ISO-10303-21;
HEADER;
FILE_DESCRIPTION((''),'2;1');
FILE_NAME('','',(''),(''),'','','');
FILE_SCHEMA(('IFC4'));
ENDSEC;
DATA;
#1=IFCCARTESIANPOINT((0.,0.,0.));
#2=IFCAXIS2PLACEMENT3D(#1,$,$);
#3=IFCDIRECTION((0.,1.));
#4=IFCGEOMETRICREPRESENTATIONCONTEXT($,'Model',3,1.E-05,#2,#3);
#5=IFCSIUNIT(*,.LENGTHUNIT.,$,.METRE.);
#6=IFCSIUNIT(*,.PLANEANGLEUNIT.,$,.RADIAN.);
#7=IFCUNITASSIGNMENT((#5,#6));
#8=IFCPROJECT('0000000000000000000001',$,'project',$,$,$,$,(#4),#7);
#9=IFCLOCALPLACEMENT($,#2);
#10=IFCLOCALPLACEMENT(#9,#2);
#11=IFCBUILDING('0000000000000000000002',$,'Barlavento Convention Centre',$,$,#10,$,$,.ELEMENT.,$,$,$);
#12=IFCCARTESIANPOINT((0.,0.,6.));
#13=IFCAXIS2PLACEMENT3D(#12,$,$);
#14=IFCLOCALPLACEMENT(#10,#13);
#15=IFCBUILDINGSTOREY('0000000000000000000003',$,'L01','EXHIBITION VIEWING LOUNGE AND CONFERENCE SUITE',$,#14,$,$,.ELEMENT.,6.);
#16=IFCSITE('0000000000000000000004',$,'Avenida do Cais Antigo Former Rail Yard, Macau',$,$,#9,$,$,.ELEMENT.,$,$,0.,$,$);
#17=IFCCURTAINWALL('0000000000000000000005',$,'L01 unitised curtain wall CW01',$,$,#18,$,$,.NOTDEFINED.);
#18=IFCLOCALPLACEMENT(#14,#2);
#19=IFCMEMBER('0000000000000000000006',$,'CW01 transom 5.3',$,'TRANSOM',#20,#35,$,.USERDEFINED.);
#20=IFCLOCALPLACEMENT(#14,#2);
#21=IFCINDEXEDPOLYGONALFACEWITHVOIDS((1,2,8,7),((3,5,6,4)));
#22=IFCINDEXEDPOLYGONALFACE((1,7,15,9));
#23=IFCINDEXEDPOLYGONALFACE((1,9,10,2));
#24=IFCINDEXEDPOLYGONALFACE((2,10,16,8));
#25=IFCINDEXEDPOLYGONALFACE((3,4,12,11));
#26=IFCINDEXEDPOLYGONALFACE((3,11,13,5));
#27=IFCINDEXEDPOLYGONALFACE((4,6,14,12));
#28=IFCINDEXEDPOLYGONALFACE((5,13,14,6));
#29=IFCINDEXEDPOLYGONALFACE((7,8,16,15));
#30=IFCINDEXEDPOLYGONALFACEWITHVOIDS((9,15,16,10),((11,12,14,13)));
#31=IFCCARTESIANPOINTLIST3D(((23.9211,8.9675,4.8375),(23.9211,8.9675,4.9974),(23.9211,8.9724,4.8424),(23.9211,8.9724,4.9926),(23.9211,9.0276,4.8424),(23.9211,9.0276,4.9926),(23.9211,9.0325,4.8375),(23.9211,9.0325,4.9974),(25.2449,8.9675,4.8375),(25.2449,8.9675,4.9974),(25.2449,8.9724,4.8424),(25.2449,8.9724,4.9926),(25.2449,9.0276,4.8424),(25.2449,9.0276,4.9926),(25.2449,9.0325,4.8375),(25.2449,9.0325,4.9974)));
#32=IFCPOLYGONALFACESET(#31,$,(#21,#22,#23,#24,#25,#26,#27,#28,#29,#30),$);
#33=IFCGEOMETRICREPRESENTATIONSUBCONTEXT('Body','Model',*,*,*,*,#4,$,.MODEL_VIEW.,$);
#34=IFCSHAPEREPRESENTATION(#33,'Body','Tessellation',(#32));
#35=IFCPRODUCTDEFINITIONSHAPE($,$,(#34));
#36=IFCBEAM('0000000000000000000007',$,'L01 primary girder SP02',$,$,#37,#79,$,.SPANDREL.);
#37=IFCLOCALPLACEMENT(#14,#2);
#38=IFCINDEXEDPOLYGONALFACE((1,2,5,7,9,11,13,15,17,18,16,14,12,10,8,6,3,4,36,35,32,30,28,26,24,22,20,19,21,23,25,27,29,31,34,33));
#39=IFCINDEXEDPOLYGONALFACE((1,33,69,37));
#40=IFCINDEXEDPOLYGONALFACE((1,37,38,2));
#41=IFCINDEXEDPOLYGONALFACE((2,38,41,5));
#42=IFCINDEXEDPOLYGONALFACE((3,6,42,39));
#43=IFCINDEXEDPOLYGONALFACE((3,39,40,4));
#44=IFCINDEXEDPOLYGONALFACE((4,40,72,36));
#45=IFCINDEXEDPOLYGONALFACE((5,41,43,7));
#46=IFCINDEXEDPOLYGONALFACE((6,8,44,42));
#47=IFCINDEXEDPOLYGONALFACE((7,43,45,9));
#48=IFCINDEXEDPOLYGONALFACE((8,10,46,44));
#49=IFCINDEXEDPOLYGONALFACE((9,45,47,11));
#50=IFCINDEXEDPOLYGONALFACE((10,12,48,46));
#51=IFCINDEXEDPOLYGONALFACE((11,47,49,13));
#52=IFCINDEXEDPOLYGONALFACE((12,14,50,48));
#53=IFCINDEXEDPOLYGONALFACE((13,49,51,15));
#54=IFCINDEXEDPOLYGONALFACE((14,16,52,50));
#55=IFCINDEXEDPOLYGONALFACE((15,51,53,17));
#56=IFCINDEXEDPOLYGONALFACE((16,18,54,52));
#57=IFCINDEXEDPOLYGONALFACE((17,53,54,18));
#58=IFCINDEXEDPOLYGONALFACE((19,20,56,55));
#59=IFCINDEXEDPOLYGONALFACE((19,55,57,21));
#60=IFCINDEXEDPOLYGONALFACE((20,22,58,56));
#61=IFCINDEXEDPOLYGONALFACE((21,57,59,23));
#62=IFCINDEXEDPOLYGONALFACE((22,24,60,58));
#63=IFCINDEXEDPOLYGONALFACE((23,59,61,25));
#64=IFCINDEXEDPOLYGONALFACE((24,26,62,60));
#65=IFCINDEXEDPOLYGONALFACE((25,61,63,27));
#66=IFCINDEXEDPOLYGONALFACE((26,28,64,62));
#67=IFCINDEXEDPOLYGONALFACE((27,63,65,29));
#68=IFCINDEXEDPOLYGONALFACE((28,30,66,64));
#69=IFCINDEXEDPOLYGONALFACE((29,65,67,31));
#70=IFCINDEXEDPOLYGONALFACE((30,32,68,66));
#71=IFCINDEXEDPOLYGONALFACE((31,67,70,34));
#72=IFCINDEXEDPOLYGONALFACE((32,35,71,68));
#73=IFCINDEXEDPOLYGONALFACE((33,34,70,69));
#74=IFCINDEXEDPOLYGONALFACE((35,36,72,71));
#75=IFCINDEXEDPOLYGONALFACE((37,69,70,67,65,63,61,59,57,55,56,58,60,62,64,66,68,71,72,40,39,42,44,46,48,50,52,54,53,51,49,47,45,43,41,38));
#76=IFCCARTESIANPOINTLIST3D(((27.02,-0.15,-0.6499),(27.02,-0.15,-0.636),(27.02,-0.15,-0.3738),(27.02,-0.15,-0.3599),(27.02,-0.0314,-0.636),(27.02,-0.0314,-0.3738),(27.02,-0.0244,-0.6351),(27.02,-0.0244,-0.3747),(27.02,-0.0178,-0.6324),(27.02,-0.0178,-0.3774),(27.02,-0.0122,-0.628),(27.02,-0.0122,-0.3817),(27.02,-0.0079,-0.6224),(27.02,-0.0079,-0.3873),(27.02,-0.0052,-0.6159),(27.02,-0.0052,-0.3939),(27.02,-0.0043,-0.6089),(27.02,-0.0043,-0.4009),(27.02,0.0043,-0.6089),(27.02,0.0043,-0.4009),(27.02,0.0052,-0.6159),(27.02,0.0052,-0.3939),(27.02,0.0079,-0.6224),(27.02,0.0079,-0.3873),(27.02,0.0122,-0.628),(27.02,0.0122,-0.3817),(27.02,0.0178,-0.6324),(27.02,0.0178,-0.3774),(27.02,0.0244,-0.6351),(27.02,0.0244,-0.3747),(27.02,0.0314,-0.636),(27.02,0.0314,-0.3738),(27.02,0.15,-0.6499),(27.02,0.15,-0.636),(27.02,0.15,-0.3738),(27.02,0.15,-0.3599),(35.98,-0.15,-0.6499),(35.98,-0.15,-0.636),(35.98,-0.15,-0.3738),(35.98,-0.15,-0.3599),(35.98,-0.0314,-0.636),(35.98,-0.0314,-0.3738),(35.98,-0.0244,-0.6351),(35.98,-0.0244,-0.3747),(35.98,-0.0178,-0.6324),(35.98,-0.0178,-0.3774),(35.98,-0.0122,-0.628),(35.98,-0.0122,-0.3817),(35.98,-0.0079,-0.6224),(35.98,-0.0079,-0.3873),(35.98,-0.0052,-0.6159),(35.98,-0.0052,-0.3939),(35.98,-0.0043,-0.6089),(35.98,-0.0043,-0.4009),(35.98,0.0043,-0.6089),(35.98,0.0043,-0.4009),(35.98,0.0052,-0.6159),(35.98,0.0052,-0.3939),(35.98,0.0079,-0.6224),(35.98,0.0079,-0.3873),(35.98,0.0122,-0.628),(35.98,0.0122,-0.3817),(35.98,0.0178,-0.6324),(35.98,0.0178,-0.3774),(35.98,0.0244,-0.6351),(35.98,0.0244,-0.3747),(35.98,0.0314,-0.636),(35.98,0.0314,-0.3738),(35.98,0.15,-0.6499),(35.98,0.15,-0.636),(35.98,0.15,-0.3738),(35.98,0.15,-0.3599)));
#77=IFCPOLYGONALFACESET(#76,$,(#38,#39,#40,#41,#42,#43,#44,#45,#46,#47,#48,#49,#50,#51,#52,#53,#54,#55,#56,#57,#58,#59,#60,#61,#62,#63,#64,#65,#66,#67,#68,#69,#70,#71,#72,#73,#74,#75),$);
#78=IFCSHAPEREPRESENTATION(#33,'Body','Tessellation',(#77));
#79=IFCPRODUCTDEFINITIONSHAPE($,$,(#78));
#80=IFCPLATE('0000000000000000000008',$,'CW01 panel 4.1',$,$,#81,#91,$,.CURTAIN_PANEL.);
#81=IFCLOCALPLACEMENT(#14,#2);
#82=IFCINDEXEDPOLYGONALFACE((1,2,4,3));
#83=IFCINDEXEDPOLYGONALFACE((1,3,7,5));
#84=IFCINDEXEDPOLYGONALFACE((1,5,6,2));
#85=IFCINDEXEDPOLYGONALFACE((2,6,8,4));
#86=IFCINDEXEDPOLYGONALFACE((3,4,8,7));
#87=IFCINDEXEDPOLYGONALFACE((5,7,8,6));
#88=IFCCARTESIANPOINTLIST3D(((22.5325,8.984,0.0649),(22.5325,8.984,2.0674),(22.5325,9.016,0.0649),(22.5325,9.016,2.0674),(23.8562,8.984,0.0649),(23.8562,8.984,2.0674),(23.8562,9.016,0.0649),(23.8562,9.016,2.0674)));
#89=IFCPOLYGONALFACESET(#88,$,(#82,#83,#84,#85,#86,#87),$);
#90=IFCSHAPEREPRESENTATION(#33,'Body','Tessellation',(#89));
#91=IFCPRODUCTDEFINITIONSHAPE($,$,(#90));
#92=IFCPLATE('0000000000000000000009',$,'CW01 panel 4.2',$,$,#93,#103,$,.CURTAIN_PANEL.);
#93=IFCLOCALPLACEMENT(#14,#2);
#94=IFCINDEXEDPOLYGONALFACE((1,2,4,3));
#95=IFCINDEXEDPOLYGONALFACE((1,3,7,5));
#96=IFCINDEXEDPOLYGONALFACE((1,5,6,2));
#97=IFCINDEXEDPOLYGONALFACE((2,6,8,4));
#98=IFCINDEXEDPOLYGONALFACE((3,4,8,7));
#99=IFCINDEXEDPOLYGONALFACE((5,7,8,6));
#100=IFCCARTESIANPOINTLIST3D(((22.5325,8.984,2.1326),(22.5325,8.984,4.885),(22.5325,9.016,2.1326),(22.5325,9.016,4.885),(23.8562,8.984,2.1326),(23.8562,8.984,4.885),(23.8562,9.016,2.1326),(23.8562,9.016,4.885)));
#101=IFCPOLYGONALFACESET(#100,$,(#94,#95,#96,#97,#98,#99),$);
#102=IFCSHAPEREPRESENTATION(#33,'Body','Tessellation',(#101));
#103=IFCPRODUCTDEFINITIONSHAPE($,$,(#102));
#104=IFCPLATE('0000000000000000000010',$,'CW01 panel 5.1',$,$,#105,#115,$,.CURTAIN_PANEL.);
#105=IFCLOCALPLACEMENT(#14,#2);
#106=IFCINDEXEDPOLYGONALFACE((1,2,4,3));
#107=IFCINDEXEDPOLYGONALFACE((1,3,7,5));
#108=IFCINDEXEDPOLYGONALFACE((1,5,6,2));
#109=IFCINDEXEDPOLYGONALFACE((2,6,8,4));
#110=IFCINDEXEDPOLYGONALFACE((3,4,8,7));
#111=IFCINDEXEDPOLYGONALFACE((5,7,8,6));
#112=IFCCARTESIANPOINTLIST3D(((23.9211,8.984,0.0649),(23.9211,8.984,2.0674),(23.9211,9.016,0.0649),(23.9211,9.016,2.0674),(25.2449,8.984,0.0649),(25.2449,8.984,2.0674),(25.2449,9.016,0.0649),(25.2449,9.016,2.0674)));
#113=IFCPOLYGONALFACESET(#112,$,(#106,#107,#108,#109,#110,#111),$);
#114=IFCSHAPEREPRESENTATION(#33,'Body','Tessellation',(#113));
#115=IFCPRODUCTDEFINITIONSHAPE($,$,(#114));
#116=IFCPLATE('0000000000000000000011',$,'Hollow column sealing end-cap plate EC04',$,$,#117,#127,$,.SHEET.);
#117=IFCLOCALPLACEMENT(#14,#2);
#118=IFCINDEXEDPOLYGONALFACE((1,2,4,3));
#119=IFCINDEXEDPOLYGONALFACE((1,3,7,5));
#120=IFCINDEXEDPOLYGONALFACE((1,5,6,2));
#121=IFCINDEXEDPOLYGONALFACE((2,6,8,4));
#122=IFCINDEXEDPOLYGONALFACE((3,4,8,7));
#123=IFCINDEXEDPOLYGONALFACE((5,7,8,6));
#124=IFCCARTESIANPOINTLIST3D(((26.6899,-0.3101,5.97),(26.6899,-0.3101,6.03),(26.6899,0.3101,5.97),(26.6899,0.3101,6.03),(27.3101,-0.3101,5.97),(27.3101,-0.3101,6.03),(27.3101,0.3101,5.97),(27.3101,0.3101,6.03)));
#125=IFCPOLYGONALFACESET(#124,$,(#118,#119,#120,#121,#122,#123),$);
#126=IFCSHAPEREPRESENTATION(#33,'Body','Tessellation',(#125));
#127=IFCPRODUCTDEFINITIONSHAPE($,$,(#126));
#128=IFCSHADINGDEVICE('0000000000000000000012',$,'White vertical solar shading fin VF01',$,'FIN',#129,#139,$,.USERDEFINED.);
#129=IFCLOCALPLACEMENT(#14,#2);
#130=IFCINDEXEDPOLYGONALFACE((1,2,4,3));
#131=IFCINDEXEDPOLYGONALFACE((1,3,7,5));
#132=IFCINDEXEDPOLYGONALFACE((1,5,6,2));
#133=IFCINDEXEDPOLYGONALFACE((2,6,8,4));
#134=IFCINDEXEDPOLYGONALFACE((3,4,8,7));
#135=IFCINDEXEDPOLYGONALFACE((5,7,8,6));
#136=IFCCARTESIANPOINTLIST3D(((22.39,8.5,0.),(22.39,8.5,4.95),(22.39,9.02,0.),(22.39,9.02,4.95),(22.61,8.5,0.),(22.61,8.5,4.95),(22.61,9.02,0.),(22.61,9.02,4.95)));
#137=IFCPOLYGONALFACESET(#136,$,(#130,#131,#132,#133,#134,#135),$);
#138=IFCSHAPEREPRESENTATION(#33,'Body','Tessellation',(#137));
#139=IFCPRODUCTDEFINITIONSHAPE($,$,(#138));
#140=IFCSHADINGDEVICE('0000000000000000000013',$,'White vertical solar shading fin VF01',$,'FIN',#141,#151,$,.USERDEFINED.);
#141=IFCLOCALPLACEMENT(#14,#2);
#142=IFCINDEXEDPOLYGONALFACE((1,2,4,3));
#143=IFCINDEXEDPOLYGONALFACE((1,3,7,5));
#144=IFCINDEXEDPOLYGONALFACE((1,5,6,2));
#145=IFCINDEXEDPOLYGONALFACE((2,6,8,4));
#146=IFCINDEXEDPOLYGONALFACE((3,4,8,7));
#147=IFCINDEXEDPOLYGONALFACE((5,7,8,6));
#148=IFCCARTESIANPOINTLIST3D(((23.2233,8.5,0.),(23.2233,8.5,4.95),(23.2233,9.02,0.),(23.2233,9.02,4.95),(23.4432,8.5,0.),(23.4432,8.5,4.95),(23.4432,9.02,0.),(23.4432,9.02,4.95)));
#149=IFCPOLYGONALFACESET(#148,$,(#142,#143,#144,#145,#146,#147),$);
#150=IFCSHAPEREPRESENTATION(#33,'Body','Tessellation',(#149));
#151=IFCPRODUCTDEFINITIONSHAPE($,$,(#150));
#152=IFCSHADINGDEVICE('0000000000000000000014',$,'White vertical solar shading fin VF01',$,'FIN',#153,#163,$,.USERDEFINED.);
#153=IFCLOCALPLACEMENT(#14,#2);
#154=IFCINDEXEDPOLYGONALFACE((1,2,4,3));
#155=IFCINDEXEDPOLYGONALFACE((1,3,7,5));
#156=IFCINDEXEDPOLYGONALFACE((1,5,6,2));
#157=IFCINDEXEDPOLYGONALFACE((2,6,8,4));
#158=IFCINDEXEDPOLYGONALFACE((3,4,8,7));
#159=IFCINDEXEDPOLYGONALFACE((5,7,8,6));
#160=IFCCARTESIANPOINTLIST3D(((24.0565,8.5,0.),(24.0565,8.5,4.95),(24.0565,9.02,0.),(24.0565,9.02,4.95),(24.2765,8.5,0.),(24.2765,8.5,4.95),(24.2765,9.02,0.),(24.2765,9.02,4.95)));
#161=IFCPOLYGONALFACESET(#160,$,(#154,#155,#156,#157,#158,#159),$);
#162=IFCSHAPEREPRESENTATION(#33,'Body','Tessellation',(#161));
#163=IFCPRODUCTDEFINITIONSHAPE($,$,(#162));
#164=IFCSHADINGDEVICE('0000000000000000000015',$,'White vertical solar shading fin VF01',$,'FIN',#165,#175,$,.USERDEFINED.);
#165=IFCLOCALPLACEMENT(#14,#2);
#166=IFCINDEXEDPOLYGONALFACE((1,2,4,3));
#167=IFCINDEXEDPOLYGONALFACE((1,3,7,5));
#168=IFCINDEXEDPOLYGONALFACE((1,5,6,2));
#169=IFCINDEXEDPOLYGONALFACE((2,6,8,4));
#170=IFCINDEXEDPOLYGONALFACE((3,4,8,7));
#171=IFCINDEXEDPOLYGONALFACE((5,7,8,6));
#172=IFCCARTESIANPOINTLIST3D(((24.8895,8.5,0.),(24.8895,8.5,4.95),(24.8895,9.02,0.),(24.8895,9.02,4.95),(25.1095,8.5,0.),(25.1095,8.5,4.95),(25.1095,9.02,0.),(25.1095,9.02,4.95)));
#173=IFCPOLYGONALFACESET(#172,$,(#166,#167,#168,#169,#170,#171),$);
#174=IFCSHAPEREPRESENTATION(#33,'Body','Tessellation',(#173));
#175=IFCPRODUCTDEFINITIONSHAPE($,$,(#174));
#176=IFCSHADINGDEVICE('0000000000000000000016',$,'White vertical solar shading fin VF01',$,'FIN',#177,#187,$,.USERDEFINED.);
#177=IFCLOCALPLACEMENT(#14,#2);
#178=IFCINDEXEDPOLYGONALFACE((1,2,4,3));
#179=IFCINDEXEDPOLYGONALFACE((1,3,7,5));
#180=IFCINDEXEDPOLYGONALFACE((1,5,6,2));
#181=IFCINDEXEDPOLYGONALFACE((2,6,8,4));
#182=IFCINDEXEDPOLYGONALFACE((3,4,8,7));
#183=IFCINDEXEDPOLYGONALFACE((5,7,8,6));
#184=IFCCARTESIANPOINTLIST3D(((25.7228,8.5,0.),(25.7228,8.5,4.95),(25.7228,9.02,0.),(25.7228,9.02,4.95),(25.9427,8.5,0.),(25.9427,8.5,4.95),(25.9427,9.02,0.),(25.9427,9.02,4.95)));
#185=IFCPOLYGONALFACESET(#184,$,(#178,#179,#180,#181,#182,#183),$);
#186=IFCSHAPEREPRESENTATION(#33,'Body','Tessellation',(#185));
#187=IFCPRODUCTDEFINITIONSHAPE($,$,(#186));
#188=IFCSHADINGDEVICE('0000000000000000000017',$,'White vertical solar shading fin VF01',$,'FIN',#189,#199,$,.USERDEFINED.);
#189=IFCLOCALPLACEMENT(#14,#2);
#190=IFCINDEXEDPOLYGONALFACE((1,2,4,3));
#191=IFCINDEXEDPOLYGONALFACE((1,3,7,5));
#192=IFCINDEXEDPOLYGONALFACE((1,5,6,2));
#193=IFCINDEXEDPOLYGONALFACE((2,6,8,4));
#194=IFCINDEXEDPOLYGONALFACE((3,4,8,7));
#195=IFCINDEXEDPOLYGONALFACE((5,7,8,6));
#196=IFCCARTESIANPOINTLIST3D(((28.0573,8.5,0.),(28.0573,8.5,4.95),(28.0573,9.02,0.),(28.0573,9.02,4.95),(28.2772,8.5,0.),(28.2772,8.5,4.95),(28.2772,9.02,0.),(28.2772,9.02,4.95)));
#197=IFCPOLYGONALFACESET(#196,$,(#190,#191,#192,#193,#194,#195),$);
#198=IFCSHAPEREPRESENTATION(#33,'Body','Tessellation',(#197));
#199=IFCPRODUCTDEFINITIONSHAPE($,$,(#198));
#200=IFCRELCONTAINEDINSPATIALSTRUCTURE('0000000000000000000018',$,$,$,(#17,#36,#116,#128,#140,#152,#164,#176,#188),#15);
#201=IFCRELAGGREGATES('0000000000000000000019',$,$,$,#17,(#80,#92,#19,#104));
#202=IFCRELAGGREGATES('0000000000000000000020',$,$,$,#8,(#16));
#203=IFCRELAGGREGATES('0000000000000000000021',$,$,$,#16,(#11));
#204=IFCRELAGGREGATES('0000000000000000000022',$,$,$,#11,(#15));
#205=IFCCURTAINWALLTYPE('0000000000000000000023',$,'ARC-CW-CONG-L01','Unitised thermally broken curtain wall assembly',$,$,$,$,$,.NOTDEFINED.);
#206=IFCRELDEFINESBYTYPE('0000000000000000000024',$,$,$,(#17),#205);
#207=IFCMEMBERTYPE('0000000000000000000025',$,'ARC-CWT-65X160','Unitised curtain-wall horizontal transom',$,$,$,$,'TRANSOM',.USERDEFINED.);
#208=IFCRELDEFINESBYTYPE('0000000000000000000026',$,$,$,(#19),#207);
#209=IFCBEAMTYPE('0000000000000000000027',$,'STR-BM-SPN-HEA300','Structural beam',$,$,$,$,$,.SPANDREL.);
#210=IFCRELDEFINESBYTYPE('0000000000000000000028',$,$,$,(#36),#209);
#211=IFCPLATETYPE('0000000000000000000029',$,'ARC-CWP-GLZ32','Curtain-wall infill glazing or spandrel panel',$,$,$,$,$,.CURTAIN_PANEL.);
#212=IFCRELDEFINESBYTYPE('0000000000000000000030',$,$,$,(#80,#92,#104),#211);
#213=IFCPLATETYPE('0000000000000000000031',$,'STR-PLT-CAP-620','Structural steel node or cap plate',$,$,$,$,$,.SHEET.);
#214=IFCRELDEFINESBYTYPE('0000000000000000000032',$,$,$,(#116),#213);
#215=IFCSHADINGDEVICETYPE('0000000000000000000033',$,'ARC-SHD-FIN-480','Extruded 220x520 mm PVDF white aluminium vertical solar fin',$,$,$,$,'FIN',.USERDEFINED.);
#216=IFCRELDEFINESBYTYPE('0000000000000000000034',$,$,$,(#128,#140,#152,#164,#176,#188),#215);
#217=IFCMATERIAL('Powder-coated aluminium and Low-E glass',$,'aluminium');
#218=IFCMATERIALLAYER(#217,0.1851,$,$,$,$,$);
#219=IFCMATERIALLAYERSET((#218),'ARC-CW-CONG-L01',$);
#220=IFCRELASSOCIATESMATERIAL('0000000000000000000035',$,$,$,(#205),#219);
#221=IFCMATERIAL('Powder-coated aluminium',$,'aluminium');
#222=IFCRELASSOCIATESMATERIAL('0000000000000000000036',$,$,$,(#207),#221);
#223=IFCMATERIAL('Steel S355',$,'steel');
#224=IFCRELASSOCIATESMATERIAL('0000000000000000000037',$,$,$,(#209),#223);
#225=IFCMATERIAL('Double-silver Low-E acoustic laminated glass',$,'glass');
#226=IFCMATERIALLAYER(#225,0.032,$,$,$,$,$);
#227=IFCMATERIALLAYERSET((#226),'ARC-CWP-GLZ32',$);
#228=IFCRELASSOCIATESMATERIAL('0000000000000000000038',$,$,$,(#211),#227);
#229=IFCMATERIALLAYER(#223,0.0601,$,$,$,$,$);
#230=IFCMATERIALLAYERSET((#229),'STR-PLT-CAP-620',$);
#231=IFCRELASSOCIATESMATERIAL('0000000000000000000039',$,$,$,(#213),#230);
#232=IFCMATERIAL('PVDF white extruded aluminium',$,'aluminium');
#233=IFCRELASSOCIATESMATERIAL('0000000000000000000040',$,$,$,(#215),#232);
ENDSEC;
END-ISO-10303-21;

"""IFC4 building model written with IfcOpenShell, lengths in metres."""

from ifc_helpers import new_model, si_unit, direction, frame, origin, origin_2d, place, context, subcontext, project, spatial, rectangle, hollow_rectangle, i_section, extrude, material, layer, layer_set, material_profile, profile_set, type_object, element, aggregate, save


model = new_model("IFC4")

# Units and contexts
model_context = context("Model", 3, precision=1e-05, world=origin(), true_north=direction((0.0, 1.0)))
body_context = subcontext(model_context, "Body", "Model", "MODEL_VIEW")
ifc_project = project(units=[si_unit("LENGTHUNIT", "METRE"), si_unit("PLANEANGLEUNIT", "RADIAN")], contexts=[model_context])

# Site, building, storey
site_placement = place(None, origin())
site = spatial("IfcSite", under=ifc_project, at=site_placement, Name="Avenida do Cais Antigo Former Rail Yard, Macau", CompositionType="ELEMENT", RefElevation=0.0)
building_placement = place(site_placement, origin())
building = spatial("IfcBuilding", under=site, at=building_placement, Name="Barlavento Convention Centre", CompositionType="ELEMENT")
storey_placement = place(building_placement, frame((0.0, 0.0, 6.0)))
storey = spatial("IfcBuildingStorey", under=building, at=storey_placement, Name="L01", Description="EXHIBITION VIEWING LOUNGE AND CONFERENCE SUITE", CompositionType="ELEMENT", Elevation=6.0)

# Curtain wall, member
ifc_material_1 = material(Name="Powder-coated aluminium and Low-E glass", Category="aluminium")
ifc_layer_1 = layer(ifc_material_1, 0.1851)
ifc_layer_set_1 = layer_set([ifc_layer_1], Name="ARC-CW-CONG-L01")
curtain_wall_type = type_object("IfcCurtainWallType", Name="ARC-CW-CONG-L01", Description="Unitised thermally broken curtain wall assembly", PredefinedType="NOTDEFINED", material=ifc_layer_set_1)
curtain_wall_placement = place(storey_placement, origin())
curtain_wall = element("IfcCurtainWall", 1, at=curtain_wall_placement, inside=storey, type_object=curtain_wall_type, Name="L01 unitised curtain wall CW01", PredefinedType="NOTDEFINED")
ifc_material_2 = material(Name="Powder-coated aluminium", Category="aluminium")
ifc_material_profile_1 = material_profile(ifc_material_2, hollow_rectangle(XDim=0.0649, YDim=0.1599, WallThickness=0.0049, at=origin_2d()), Name="AL-TRAN 65x160x5")
ifc_profile_set_1 = profile_set([ifc_material_profile_1], Name="Powder-coated aluminium")
member_type_1 = type_object("IfcMemberType", Name="ARC-CWT-65X160", Description="Unitised curtain-wall horizontal transom", ElementType="TRANSOM", PredefinedType="USERDEFINED", material=ifc_profile_set_1)
member_1_placement = place(storey_placement, frame((23.9211, 9.0, 4.9175), z_axis=(1.0, 0.0, 0.0), x_axis=(0.0, 1.0, 0.0)))
member_1 = element("IfcMember", 2, at=member_1_placement, type_object=member_type_1, Name="CW01 transom 5.3", ObjectType="TRANSOM", PredefinedType="USERDEFINED", context=body_context, shape_type="SweptSolid", body=[
    extrude(hollow_rectangle(XDim=0.0649, YDim=0.1599, WallThickness=0.0049, at=origin_2d()), origin(), (0.0, 0.0, 1.0), 1.3237),
])

# Beam
ifc_material_3 = material(Name="Steel S355", Category="steel")
ifc_material_profile_2 = material_profile(ifc_material_3, i_section(OverallWidth=0.3, OverallDepth=0.29, WebThickness=0.0085, FlangeThickness=0.0139, FilletRadius=0.0271, at=origin_2d()), Name="HEA 300")
ifc_profile_set_2 = profile_set([ifc_material_profile_2], Name="Steel S355")
beam_type = type_object("IfcBeamType", Name="STR-BM-SPN-HEA300", Description="Structural beam", PredefinedType="SPANDREL", material=ifc_profile_set_2)
beam_placement = place(storey_placement, frame((27.02, 0.0, -0.5049), z_axis=(1.0, 0.0, 0.0), x_axis=(0.0, 1.0, 0.0)))
element("IfcBeam", 3, at=beam_placement, inside=storey, type_object=beam_type, Name="L01 primary girder SP02", PredefinedType="SPANDREL", context=body_context, shape_type="SweptSolid", body=[
    extrude(i_section(OverallWidth=0.3, OverallDepth=0.29, WebThickness=0.0085, FlangeThickness=0.0139, FilletRadius=0.0271, at=origin_2d()), origin(), (0.0, 0.0, 1.0), 8.96),
])

# Plates
ifc_material_4 = material(Name="Double-silver Low-E acoustic laminated glass", Category="glass")
ifc_layer_2 = layer(ifc_material_4, 0.032)
ifc_layer_set_2 = layer_set([ifc_layer_2], Name="ARC-CWP-GLZ32")
plate_type_1 = type_object("IfcPlateType", Name="ARC-CWP-GLZ32", Description="Curtain-wall infill glazing or spandrel panel", PredefinedType="CURTAIN_PANEL", material=ifc_layer_set_2)
plate_1_placement = place(storey_placement, frame((23.1943, 9.0, 0.0649), z_axis=(0.0, 0.0, 1.0), x_axis=(1.0, 0.0, 0.0)))
plate_1 = element("IfcPlate", 4, at=plate_1_placement, type_object=plate_type_1, Name="CW01 panel 4.1", PredefinedType="CURTAIN_PANEL", context=body_context, shape_type="SweptSolid", body=[
    extrude(rectangle(XDim=1.3237, YDim=0.032, at=origin_2d()), origin(), (0.0, 0.0, 1.0), 2.0024),
])
plate_2_placement = place(storey_placement, frame((23.1943, 9.0, 2.1326), z_axis=(0.0, 0.0, 1.0), x_axis=(1.0, 0.0, 0.0)))
plate_2 = element("IfcPlate", 5, at=plate_2_placement, type_object=plate_type_1, Name="CW01 panel 4.2", PredefinedType="CURTAIN_PANEL", context=body_context, shape_type="SweptSolid", body=[
    extrude(rectangle(XDim=1.3237, YDim=0.032, at=origin_2d()), origin(), (0.0, 0.0, 1.0), 2.7524),
])
plate_3_placement = place(storey_placement, frame((24.583, 9.0, 0.0649), z_axis=(0.0, 0.0, 1.0), x_axis=(1.0, 0.0, 0.0)))
plate_3 = element("IfcPlate", 6, at=plate_3_placement, type_object=plate_type_1, Name="CW01 panel 5.1", PredefinedType="CURTAIN_PANEL", context=body_context, shape_type="SweptSolid", body=[
    extrude(rectangle(XDim=1.3237, YDim=0.032, at=origin_2d()), origin(), (0.0, 0.0, 1.0), 2.0024),
])
aggregate(curtain_wall, [plate_1, plate_2, member_1, plate_3])
ifc_layer_3 = layer(ifc_material_3, 0.0601)
ifc_layer_set_3 = layer_set([ifc_layer_3], Name="STR-PLT-CAP-620")
plate_type_2 = type_object("IfcPlateType", Name="STR-PLT-CAP-620", Description="Structural steel node or cap plate", PredefinedType="SHEET", material=ifc_layer_set_3)
plate_4_placement = place(storey_placement, frame((27.0, 0.0, 5.97), z_axis=(0.0, 0.0, 1.0), x_axis=(1.0, 0.0, 0.0)))
element("IfcPlate", 7, at=plate_4_placement, inside=storey, type_object=plate_type_2, Name="Hollow column sealing end-cap plate EC04", PredefinedType="SHEET", context=body_context, shape_type="SweptSolid", body=[
    extrude(rectangle(XDim=0.6201, YDim=0.6201, at=origin_2d()), origin(), (0.0, 0.0, 1.0), 0.0601),
])

# Shading devices
ifc_material_5 = material(Name="PVDF white extruded aluminium", Category="aluminium")
shading_device_type = type_object("IfcShadingDeviceType", Name="ARC-SHD-FIN-480", Description="Extruded 220x520 mm PVDF white aluminium vertical solar fin", ElementType="FIN", PredefinedType="USERDEFINED", material=ifc_material_5)
for number, where, z_axis, x_axis, name in (
    (8, (22.5, 8.76, 0.0), (0.0, 0.0, 1.0), (1.0, 0.0, 0.0), "White vertical solar shading fin VF01"),
    (9, (23.3333, 8.76, 0.0), (0.0, 0.0, 1.0), (1.0, 0.0, 0.0), "White vertical solar shading fin VF01"),
    (10, (24.1665, 8.76, 0.0), (0.0, 0.0, 1.0), (1.0, 0.0, 0.0), "White vertical solar shading fin VF01"),
    (11, (24.9995, 8.76, 0.0), (0.0, 0.0, 1.0), (1.0, 0.0, 0.0), "White vertical solar shading fin VF01"),
    (12, (25.8328, 8.76, 0.0), (0.0, 0.0, 1.0), (1.0, 0.0, 0.0), "White vertical solar shading fin VF01"),
    (13, (28.1672, 8.76, 0.0), (0.0, 0.0, 1.0), (1.0, 0.0, 0.0), "White vertical solar shading fin VF01"),
):
    element("IfcShadingDevice", number, at=place(storey_placement, frame(where, z_axis=z_axis, x_axis=x_axis)), inside=storey, type_object=shading_device_type, Name=name, ObjectType="FIN", PredefinedType="USERDEFINED", context=body_context, shape_type="SweptSolid", body=[
        extrude(rectangle(XDim=0.22, YDim=0.52, at=origin_2d()), origin(), (0.0, 0.0, 1.0), 4.95),
    ])

save(model, "model.ifc")
